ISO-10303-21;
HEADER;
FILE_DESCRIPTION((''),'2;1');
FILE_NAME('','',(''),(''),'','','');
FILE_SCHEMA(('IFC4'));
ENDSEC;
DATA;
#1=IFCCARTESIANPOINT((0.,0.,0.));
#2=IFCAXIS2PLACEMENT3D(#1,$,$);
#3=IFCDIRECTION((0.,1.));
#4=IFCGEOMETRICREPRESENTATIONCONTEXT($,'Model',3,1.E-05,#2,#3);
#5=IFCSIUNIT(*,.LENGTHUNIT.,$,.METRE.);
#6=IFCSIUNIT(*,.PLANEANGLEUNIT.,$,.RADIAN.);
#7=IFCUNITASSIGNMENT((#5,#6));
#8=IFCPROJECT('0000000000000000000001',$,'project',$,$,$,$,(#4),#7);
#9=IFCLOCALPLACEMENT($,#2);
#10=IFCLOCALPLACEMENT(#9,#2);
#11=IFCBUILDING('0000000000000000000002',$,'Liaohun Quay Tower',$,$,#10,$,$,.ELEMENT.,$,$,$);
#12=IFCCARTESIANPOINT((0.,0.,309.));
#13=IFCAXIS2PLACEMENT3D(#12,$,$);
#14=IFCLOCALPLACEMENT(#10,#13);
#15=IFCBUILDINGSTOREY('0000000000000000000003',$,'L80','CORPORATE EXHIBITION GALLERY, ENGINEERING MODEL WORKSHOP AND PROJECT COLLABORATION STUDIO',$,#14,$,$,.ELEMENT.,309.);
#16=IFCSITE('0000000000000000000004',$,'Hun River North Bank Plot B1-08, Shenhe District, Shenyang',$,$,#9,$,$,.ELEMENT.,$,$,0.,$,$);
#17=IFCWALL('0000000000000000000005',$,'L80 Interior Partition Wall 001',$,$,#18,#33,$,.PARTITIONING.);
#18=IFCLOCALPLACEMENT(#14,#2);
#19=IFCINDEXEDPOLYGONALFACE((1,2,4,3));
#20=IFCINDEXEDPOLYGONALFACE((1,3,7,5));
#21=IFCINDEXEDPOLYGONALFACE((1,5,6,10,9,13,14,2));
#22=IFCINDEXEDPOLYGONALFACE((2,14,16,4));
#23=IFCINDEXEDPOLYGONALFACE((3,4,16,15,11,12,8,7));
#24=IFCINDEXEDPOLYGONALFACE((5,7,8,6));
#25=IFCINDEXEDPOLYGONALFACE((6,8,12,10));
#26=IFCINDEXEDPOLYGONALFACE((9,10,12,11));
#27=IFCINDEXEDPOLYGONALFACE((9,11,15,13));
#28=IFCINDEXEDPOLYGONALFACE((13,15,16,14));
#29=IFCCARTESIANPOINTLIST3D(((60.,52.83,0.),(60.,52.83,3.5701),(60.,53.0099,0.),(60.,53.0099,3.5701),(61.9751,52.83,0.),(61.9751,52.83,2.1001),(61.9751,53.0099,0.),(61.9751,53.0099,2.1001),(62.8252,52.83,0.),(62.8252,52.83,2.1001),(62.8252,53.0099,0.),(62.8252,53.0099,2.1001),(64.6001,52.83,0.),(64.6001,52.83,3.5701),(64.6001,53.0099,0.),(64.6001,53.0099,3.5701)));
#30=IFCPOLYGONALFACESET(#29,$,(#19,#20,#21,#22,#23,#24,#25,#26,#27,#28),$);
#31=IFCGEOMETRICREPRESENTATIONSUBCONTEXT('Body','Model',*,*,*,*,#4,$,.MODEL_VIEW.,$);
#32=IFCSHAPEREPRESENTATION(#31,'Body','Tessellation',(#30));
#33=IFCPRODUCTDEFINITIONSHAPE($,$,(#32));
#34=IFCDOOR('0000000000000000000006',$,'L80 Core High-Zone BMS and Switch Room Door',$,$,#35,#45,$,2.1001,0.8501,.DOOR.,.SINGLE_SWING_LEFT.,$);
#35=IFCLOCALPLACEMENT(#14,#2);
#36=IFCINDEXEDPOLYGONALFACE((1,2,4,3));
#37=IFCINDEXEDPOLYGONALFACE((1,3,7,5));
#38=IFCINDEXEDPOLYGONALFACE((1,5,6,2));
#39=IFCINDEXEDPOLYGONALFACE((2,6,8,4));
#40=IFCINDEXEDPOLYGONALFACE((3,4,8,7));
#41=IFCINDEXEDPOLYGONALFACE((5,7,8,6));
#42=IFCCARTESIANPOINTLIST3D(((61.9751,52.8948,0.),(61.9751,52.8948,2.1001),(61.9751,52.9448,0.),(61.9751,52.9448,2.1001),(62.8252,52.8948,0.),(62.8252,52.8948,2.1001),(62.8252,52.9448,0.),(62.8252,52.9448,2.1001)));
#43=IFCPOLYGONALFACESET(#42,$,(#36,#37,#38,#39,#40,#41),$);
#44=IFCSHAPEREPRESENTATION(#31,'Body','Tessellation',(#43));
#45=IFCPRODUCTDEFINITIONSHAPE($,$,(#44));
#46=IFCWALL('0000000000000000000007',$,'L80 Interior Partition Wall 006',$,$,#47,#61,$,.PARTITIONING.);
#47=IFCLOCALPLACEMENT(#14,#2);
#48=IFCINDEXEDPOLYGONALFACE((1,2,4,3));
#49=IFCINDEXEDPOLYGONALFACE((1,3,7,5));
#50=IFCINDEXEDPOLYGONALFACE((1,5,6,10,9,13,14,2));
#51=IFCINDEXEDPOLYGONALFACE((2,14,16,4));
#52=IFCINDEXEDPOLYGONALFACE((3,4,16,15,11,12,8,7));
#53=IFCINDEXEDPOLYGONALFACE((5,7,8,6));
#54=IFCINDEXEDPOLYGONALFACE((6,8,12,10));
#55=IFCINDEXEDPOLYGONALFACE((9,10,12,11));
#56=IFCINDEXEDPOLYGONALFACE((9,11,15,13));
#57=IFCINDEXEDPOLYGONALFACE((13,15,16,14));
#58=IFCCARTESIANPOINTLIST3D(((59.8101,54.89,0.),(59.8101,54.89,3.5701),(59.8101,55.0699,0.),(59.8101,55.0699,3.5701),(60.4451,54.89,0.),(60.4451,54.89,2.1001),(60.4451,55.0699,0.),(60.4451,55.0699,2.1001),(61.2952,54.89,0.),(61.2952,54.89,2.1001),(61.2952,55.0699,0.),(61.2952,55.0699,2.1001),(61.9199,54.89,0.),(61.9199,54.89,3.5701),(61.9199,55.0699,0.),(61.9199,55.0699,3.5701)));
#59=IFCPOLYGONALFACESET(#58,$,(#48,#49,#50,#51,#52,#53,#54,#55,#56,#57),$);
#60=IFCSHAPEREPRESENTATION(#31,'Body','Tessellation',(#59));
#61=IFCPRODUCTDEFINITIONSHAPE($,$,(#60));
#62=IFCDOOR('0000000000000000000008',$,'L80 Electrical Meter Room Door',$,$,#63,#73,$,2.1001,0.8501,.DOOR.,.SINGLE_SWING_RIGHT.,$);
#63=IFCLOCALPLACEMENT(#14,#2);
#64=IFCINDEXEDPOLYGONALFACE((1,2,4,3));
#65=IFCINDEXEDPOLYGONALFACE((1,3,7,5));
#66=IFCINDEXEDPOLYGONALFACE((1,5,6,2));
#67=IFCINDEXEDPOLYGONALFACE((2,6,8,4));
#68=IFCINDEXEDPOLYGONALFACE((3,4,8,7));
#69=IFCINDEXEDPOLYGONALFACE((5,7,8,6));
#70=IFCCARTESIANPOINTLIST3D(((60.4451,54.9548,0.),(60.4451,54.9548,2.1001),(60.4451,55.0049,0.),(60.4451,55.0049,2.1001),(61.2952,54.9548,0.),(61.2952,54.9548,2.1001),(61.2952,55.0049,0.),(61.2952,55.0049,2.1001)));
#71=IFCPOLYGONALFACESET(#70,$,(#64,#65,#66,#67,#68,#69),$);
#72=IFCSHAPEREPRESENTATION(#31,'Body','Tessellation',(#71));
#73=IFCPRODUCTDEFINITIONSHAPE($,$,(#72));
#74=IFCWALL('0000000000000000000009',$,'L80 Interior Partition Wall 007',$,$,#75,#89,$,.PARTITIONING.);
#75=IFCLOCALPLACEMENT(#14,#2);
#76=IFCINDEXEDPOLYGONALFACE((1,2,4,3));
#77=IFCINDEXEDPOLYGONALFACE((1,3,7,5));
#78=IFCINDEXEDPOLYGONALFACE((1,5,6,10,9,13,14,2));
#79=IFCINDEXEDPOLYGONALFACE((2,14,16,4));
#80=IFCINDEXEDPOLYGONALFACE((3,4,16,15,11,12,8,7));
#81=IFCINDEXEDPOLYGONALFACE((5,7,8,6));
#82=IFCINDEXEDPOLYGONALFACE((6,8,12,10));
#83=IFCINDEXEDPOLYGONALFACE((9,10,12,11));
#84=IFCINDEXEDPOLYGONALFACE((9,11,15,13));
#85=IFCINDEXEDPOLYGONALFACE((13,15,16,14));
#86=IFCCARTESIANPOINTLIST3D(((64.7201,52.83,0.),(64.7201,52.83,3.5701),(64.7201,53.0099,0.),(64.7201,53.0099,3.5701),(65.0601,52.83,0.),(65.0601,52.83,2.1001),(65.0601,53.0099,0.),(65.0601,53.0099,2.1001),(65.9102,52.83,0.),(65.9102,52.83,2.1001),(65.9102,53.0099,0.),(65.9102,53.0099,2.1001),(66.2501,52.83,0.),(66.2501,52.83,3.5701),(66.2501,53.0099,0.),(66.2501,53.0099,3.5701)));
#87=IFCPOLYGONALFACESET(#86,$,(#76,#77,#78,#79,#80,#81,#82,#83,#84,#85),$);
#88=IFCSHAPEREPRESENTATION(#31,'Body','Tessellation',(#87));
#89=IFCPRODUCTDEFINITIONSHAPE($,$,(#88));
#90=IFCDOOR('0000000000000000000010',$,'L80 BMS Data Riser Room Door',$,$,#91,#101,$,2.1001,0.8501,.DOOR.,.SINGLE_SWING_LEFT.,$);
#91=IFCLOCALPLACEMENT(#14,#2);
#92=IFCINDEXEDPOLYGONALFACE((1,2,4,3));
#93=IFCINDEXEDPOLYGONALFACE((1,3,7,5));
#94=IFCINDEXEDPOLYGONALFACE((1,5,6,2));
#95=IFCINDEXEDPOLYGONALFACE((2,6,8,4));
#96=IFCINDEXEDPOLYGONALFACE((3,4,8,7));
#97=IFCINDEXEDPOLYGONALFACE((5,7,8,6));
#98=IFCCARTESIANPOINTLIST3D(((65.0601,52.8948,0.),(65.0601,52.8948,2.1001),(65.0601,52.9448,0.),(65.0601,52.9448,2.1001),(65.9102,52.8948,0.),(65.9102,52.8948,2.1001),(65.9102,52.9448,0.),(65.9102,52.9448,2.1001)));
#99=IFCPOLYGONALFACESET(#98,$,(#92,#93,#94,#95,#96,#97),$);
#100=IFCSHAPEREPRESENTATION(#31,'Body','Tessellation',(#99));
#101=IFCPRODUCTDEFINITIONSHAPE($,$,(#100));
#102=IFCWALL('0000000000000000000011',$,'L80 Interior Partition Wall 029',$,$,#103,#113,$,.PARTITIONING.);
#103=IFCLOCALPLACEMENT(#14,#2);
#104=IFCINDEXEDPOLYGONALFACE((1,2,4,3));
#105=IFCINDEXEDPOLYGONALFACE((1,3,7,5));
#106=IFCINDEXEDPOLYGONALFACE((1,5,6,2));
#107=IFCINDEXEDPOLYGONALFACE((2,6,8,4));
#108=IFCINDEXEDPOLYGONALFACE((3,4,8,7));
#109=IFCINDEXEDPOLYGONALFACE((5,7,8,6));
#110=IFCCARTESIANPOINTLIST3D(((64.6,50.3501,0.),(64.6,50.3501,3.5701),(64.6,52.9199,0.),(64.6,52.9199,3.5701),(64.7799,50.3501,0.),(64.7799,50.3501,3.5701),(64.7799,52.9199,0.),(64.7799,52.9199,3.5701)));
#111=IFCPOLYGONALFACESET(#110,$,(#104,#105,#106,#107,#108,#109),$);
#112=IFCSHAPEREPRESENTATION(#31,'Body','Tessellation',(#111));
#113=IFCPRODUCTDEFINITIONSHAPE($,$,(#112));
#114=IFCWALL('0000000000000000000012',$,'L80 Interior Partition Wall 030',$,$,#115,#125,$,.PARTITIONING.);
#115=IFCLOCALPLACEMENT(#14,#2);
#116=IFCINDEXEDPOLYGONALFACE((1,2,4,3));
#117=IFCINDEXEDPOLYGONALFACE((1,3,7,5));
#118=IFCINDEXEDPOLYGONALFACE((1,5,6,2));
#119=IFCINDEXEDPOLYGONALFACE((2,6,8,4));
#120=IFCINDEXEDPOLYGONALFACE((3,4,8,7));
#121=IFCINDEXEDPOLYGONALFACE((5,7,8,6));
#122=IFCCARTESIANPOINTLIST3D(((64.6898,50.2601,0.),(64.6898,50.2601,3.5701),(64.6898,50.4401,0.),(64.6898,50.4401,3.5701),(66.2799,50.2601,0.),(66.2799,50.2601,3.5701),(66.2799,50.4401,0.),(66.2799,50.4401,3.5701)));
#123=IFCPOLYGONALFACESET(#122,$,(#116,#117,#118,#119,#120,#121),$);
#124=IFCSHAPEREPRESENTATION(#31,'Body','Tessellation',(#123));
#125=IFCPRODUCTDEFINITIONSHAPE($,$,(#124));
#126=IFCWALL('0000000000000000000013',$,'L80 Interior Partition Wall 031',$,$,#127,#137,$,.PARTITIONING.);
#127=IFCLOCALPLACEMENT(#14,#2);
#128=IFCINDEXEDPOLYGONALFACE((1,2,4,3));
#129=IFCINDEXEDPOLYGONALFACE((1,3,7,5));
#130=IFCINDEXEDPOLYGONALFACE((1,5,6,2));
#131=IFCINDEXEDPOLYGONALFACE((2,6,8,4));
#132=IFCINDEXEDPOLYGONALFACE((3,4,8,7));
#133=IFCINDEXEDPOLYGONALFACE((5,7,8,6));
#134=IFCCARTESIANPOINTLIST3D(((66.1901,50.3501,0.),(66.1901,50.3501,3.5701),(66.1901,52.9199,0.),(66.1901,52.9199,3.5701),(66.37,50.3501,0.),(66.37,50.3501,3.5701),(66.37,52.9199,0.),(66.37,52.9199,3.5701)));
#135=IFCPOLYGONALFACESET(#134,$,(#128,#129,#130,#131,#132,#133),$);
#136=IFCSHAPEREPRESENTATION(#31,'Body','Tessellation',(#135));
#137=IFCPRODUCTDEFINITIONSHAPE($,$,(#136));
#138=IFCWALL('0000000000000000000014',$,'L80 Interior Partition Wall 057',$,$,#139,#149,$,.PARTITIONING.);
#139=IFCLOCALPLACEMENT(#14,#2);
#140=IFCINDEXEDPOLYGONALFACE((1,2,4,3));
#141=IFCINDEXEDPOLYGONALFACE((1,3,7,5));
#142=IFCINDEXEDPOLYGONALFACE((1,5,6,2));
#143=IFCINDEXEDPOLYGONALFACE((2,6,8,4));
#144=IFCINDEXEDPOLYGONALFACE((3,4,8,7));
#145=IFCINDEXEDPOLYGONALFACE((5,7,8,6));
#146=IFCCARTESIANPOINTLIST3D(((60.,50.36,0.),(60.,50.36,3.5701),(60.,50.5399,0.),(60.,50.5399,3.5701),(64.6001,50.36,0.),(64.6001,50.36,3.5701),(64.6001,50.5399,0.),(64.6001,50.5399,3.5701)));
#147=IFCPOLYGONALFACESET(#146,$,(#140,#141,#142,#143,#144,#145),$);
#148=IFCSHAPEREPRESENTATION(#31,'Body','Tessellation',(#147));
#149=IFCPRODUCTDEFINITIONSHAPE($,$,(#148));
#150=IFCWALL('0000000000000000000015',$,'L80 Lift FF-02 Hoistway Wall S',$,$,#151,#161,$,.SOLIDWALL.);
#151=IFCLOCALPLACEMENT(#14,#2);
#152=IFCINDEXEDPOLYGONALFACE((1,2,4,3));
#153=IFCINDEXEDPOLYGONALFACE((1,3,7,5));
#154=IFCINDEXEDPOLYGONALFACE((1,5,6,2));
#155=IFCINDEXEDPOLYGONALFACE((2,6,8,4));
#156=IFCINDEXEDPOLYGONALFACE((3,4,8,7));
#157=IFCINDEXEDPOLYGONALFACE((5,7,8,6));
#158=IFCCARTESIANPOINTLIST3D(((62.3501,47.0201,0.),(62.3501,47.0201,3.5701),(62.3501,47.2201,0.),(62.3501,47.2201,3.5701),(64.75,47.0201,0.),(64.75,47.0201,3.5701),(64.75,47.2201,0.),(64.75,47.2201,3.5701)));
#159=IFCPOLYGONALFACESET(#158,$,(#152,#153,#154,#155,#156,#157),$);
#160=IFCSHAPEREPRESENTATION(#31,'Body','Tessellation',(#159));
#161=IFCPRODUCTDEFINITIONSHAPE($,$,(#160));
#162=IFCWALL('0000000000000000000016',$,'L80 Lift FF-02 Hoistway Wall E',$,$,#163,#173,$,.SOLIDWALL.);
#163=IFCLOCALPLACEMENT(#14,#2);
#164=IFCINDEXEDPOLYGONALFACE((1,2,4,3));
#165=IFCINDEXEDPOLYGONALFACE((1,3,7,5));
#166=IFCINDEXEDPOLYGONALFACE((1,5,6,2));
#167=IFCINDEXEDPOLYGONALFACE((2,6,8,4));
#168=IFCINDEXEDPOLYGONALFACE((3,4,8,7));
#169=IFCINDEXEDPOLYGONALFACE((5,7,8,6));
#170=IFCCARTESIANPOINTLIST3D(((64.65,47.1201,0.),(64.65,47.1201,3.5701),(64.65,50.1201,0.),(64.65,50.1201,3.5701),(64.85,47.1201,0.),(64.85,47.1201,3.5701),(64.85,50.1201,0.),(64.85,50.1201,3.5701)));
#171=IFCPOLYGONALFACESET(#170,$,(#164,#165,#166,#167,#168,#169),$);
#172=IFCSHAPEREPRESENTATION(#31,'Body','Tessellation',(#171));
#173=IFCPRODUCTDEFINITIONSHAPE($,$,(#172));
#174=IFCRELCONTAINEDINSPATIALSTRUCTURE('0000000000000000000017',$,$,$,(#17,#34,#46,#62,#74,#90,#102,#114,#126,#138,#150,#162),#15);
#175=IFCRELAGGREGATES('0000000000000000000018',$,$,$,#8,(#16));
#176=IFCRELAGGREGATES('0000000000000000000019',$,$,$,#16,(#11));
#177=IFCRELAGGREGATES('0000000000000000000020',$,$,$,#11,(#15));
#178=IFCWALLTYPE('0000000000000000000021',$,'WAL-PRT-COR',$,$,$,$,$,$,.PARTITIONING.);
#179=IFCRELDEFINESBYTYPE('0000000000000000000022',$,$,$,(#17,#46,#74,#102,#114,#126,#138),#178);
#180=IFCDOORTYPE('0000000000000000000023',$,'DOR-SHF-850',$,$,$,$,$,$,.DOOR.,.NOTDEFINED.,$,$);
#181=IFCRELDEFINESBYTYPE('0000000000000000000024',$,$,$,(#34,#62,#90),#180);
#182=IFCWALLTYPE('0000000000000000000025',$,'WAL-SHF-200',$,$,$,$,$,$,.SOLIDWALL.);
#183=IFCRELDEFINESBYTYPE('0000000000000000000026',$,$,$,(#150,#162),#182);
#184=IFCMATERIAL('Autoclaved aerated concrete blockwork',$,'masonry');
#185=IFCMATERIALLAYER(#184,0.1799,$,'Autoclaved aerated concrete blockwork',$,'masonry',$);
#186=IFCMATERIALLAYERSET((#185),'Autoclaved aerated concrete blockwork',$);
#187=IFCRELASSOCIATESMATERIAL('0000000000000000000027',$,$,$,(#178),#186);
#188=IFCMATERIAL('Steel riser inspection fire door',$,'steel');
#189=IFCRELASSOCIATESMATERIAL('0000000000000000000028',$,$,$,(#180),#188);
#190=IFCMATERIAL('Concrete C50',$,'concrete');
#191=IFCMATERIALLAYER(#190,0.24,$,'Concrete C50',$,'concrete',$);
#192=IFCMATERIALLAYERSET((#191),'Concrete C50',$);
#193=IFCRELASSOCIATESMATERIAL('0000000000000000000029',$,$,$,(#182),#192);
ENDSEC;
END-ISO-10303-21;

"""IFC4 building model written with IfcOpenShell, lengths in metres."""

from ifc_helpers import new_model, si_unit, direction, frame, frame_2d, origin, place, context, subcontext, project, spatial, rectangle, extrude, source, transform, mapped, material, layer, layer_set, type_object, element, fill, save


model = new_model("IFC4")

# Units and contexts
model_context = context("Model", 3, precision=1e-05, world=origin(), true_north=direction((0.0, 1.0)))
body_context = subcontext(model_context, "Body", "Model", "MODEL_VIEW")
ifc_project = project(units=[si_unit("LENGTHUNIT", "METRE"), si_unit("PLANEANGLEUNIT", "RADIAN")], contexts=[model_context])

# Site, building, storey
site_placement = place(None, origin())
site = spatial("IfcSite", under=ifc_project, at=site_placement, Name="Hun River North Bank Plot B1-08, Shenhe District, Shenyang", CompositionType="ELEMENT", RefElevation=0.0)
building_placement = place(site_placement, origin())
building = spatial("IfcBuilding", under=site, at=building_placement, Name="Liaohun Quay Tower", CompositionType="ELEMENT")
storey_placement = place(building_placement, frame((0.0, 0.0, 309.0)))
storey = spatial("IfcBuildingStorey", under=building, at=storey_placement, Name="L80", Description="CORPORATE EXHIBITION GALLERY, ENGINEERING MODEL WORKSHOP AND PROJECT COLLABORATION STUDIO", CompositionType="ELEMENT", Elevation=309.0)

# Walls, openings, doors
ifc_material_1 = material(Name="Autoclaved aerated concrete blockwork", Category="masonry")
ifc_layer_1 = layer(ifc_material_1, 0.1799, Name="Autoclaved aerated concrete blockwork", Category="masonry")
ifc_layer_set_1 = layer_set([ifc_layer_1], Name="Autoclaved aerated concrete blockwork")
wall_type_1 = type_object("IfcWallType", Name="WAL-PRT-COR", PredefinedType="PARTITIONING", material=ifc_layer_set_1)
wall_1_placement = place(storey_placement, frame((60.0, 52.9199, 0.0), z_axis=(0.0, 0.0, 1.0), x_axis=(1.0, 0.0, 0.0)))
wall_1 = element("IfcWall", 1, at=wall_1_placement, inside=storey, type_object=wall_type_1, Name="L80 Interior Partition Wall 001", PredefinedType="PARTITIONING", context=body_context, shape_type="SweptSolid", body=[
    extrude(rectangle(XDim=4.6001, YDim=0.1799, at=frame_2d((2.3, 0.0))), origin(), (0.0, 0.0, 1.0), 3.5701),
])
shared_shape_1 = source(origin(), body_context, "Body", "SweptSolid", [
    extrude(rectangle(XDim=0.8501, YDim=2.1001, at=frame_2d((0.425, 1.05))), frame((0.0, 0.0999, 0.0), z_axis=(0.0, -1.0, 0.0), x_axis=(1.0, 0.0, 0.0)), (0.0, 0.0, 1.0), 0.2),
])
opening_1_placement = place(wall_1_placement, frame((1.9751, 0.0, 0.0)))
opening_1 = element("IfcOpeningElement", 2, at=opening_1_placement, cuts=wall_1, PredefinedType="OPENING", context=body_context, shape_type="MappedRepresentation", body=[
    mapped(shared_shape_1, transform((0.0, 0.0, 0.0), x_axis=(1.0, 0.0, 0.0), y_axis=(0.0, 1.0, 0.0), z_axis=(0.0, 0.0, 1.0), scale=1.0)),
])
ifc_material_2 = material(Name="Steel riser inspection fire door", Category="steel")
door_type_1 = type_object("IfcDoorType", Name="DOR-SHF-850", OperationType="NOTDEFINED", PredefinedType="DOOR", material=ifc_material_2)
shared_shape_2 = source(origin(), body_context, "Body", "SweptSolid", [
    extrude(rectangle(XDim=0.8501, YDim=2.1001, at=frame_2d((0.425, 1.05))), frame((0.0, 0.0249, 0.0), z_axis=(0.0, -1.0, 0.0), x_axis=(1.0, 0.0, 0.0)), (0.0, 0.0, 1.0), 0.05),
])
door_1_placement = place(opening_1_placement, origin())
door_1 = element("IfcDoor", 3, at=door_1_placement, inside=storey, type_object=door_type_1, Name="L80 Core High-Zone BMS and Switch Room Door", OperationType="SINGLE_SWING_LEFT", OverallHeight=2.1001, OverallWidth=0.8501, PredefinedType="DOOR", context=body_context, shape_type="MappedRepresentation", body=[
    mapped(shared_shape_2, transform((0.0, 0.0, 0.0), x_axis=(1.0, 0.0, 0.0), y_axis=(0.0, 1.0, 0.0), z_axis=(0.0, 0.0, 1.0), scale=1.0)),
])
fill(opening_1, door_1)
wall_2_placement = place(storey_placement, frame((59.8101, 54.98, 0.0), z_axis=(0.0, 0.0, 1.0), x_axis=(1.0, 0.0, 0.0)))
wall_2 = element("IfcWall", 4, at=wall_2_placement, inside=storey, type_object=wall_type_1, Name="L80 Interior Partition Wall 006", PredefinedType="PARTITIONING", context=body_context, shape_type="SweptSolid", body=[
    extrude(rectangle(XDim=2.1099, YDim=0.1799, at=frame_2d((1.0549, 0.0))), origin(), (0.0, 0.0, 1.0), 3.5701),
])
opening_2_placement = place(wall_2_placement, frame((0.635, 0.0, 0.0)))
opening_2 = element("IfcOpeningElement", 5, at=opening_2_placement, cuts=wall_2, PredefinedType="OPENING", context=body_context, shape_type="MappedRepresentation", body=[
    mapped(shared_shape_1, transform((0.0, 0.0, 0.0), x_axis=(1.0, 0.0, 0.0), y_axis=(0.0, 1.0, 0.0), z_axis=(0.0, 0.0, 1.0), scale=1.0)),
])
door_2_placement = place(opening_2_placement, origin())
door_2 = element("IfcDoor", 6, at=door_2_placement, inside=storey, type_object=door_type_1, Name="L80 Electrical Meter Room Door", OperationType="SINGLE_SWING_RIGHT", OverallHeight=2.1001, OverallWidth=0.8501, PredefinedType="DOOR", context=body_context, shape_type="MappedRepresentation", body=[
    mapped(shared_shape_2, transform((0.0, 0.0, 0.0), x_axis=(1.0, 0.0, 0.0), y_axis=(0.0, 1.0, 0.0), z_axis=(0.0, 0.0, 1.0), scale=1.0)),
])
fill(opening_2, door_2)
wall_3_placement = place(storey_placement, frame((64.72, 52.9199, 0.0), z_axis=(0.0, 0.0, 1.0), x_axis=(1.0, 0.0, 0.0)))
wall_3 = element("IfcWall", 7, at=wall_3_placement, inside=storey, type_object=wall_type_1, Name="L80 Interior Partition Wall 007", PredefinedType="PARTITIONING", context=body_context, shape_type="SweptSolid", body=[
    extrude(rectangle(XDim=1.53, YDim=0.1799, at=frame_2d((0.7651, 0.0))), origin(), (0.0, 0.0, 1.0), 3.5701),
])
opening_3_placement = place(wall_3_placement, frame((0.3401, 0.0, 0.0)))
opening_3 = element("IfcOpeningElement", 8, at=opening_3_placement, cuts=wall_3, PredefinedType="OPENING", context=body_context, shape_type="MappedRepresentation", body=[
    mapped(shared_shape_1, transform((0.0, 0.0, 0.0), x_axis=(1.0, 0.0, 0.0), y_axis=(0.0, 1.0, 0.0), z_axis=(0.0, 0.0, 1.0), scale=1.0)),
])
door_3_placement = place(opening_3_placement, origin())
door_3 = element("IfcDoor", 9, at=door_3_placement, inside=storey, type_object=door_type_1, Name="L80 BMS Data Riser Room Door", OperationType="SINGLE_SWING_LEFT", OverallHeight=2.1001, OverallWidth=0.8501, PredefinedType="DOOR", context=body_context, shape_type="MappedRepresentation", body=[
    mapped(shared_shape_2, transform((0.0, 0.0, 0.0), x_axis=(1.0, 0.0, 0.0), y_axis=(0.0, 1.0, 0.0), z_axis=(0.0, 0.0, 1.0), scale=1.0)),
])
fill(opening_3, door_3)

# Walls
wall_4_placement = place(storey_placement, frame((64.6899, 50.3501, 0.0), z_axis=(0.0, 0.0, 1.0), x_axis=(0.0, 1.0, 0.0)))
element("IfcWall", 10, at=wall_4_placement, inside=storey, type_object=wall_type_1, Name="L80 Interior Partition Wall 029", PredefinedType="PARTITIONING", context=body_context, shape_type="SweptSolid", body=[
    extrude(rectangle(XDim=2.5698, YDim=0.1799, at=frame_2d((1.2849, 0.0))), origin(), (0.0, 0.0, 1.0), 3.5701),
])
wall_5_placement = place(storey_placement, frame((64.6899, 50.3501, 0.0), z_axis=(0.0, 0.0, 1.0), x_axis=(1.0, 0.0, 0.0)))
element("IfcWall", 11, at=wall_5_placement, inside=storey, type_object=wall_type_1, Name="L80 Interior Partition Wall 030", PredefinedType="PARTITIONING", context=body_context, shape_type="SweptSolid", body=[
    extrude(rectangle(XDim=1.5901, YDim=0.1799, at=frame_2d((0.7949, 0.0))), origin(), (0.0, 0.0, 1.0), 3.5701),
])
wall_6_placement = place(storey_placement, frame((66.28, 50.3501, 0.0), z_axis=(0.0, 0.0, 1.0), x_axis=(0.0, 1.0, 0.0)))
element("IfcWall", 12, at=wall_6_placement, inside=storey, type_object=wall_type_1, Name="L80 Interior Partition Wall 031", PredefinedType="PARTITIONING", context=body_context, shape_type="SweptSolid", body=[
    extrude(rectangle(XDim=2.5698, YDim=0.1799, at=frame_2d((1.2849, 0.0))), origin(), (0.0, 0.0, 1.0), 3.5701),
])
wall_7_placement = place(storey_placement, frame((60.0, 50.45, 0.0), z_axis=(0.0, 0.0, 1.0), x_axis=(1.0, 0.0, 0.0)))
element("IfcWall", 13, at=wall_7_placement, inside=storey, type_object=wall_type_1, Name="L80 Interior Partition Wall 057", PredefinedType="PARTITIONING", context=body_context, shape_type="SweptSolid", body=[
    extrude(rectangle(XDim=4.6001, YDim=0.1799, at=frame_2d((2.3, 0.0))), origin(), (0.0, 0.0, 1.0), 3.5701),
])
ifc_material_3 = material(Name="Concrete C50", Category="concrete")
ifc_layer_2 = layer(ifc_material_3, 0.24, Name="Concrete C50", Category="concrete")
ifc_layer_set_2 = layer_set([ifc_layer_2], Name="Concrete C50")
wall_type_2 = type_object("IfcWallType", Name="WAL-SHF-200", PredefinedType="SOLIDWALL", material=ifc_layer_set_2)
wall_8_placement = place(storey_placement, frame((62.3501, 47.1201, 0.0), z_axis=(0.0, 0.0, 1.0), x_axis=(1.0, 0.0, 0.0)))
element("IfcWall", 14, at=wall_8_placement, inside=storey, type_object=wall_type_2, Name="L80 Lift FF-02 Hoistway Wall S", PredefinedType="SOLIDWALL", context=body_context, shape_type="SweptSolid", body=[
    extrude(rectangle(XDim=2.3999, YDim=0.2, at=frame_2d((1.2, 0.0))), origin(), (0.0, 0.0, 1.0), 3.5701),
])
wall_9_placement = place(storey_placement, frame((64.75, 47.1201, 0.0), z_axis=(0.0, 0.0, 1.0), x_axis=(0.0, 1.0, 0.0)))
element("IfcWall", 15, at=wall_9_placement, inside=storey, type_object=wall_type_2, Name="L80 Lift FF-02 Hoistway Wall E", PredefinedType="SOLIDWALL", context=body_context, shape_type="SweptSolid", body=[
    extrude(rectangle(XDim=3.0, YDim=0.2, at=frame_2d((1.5, 0.0))), origin(), (0.0, 0.0, 1.0), 3.5701),
])

save(model, "model.ifc")
